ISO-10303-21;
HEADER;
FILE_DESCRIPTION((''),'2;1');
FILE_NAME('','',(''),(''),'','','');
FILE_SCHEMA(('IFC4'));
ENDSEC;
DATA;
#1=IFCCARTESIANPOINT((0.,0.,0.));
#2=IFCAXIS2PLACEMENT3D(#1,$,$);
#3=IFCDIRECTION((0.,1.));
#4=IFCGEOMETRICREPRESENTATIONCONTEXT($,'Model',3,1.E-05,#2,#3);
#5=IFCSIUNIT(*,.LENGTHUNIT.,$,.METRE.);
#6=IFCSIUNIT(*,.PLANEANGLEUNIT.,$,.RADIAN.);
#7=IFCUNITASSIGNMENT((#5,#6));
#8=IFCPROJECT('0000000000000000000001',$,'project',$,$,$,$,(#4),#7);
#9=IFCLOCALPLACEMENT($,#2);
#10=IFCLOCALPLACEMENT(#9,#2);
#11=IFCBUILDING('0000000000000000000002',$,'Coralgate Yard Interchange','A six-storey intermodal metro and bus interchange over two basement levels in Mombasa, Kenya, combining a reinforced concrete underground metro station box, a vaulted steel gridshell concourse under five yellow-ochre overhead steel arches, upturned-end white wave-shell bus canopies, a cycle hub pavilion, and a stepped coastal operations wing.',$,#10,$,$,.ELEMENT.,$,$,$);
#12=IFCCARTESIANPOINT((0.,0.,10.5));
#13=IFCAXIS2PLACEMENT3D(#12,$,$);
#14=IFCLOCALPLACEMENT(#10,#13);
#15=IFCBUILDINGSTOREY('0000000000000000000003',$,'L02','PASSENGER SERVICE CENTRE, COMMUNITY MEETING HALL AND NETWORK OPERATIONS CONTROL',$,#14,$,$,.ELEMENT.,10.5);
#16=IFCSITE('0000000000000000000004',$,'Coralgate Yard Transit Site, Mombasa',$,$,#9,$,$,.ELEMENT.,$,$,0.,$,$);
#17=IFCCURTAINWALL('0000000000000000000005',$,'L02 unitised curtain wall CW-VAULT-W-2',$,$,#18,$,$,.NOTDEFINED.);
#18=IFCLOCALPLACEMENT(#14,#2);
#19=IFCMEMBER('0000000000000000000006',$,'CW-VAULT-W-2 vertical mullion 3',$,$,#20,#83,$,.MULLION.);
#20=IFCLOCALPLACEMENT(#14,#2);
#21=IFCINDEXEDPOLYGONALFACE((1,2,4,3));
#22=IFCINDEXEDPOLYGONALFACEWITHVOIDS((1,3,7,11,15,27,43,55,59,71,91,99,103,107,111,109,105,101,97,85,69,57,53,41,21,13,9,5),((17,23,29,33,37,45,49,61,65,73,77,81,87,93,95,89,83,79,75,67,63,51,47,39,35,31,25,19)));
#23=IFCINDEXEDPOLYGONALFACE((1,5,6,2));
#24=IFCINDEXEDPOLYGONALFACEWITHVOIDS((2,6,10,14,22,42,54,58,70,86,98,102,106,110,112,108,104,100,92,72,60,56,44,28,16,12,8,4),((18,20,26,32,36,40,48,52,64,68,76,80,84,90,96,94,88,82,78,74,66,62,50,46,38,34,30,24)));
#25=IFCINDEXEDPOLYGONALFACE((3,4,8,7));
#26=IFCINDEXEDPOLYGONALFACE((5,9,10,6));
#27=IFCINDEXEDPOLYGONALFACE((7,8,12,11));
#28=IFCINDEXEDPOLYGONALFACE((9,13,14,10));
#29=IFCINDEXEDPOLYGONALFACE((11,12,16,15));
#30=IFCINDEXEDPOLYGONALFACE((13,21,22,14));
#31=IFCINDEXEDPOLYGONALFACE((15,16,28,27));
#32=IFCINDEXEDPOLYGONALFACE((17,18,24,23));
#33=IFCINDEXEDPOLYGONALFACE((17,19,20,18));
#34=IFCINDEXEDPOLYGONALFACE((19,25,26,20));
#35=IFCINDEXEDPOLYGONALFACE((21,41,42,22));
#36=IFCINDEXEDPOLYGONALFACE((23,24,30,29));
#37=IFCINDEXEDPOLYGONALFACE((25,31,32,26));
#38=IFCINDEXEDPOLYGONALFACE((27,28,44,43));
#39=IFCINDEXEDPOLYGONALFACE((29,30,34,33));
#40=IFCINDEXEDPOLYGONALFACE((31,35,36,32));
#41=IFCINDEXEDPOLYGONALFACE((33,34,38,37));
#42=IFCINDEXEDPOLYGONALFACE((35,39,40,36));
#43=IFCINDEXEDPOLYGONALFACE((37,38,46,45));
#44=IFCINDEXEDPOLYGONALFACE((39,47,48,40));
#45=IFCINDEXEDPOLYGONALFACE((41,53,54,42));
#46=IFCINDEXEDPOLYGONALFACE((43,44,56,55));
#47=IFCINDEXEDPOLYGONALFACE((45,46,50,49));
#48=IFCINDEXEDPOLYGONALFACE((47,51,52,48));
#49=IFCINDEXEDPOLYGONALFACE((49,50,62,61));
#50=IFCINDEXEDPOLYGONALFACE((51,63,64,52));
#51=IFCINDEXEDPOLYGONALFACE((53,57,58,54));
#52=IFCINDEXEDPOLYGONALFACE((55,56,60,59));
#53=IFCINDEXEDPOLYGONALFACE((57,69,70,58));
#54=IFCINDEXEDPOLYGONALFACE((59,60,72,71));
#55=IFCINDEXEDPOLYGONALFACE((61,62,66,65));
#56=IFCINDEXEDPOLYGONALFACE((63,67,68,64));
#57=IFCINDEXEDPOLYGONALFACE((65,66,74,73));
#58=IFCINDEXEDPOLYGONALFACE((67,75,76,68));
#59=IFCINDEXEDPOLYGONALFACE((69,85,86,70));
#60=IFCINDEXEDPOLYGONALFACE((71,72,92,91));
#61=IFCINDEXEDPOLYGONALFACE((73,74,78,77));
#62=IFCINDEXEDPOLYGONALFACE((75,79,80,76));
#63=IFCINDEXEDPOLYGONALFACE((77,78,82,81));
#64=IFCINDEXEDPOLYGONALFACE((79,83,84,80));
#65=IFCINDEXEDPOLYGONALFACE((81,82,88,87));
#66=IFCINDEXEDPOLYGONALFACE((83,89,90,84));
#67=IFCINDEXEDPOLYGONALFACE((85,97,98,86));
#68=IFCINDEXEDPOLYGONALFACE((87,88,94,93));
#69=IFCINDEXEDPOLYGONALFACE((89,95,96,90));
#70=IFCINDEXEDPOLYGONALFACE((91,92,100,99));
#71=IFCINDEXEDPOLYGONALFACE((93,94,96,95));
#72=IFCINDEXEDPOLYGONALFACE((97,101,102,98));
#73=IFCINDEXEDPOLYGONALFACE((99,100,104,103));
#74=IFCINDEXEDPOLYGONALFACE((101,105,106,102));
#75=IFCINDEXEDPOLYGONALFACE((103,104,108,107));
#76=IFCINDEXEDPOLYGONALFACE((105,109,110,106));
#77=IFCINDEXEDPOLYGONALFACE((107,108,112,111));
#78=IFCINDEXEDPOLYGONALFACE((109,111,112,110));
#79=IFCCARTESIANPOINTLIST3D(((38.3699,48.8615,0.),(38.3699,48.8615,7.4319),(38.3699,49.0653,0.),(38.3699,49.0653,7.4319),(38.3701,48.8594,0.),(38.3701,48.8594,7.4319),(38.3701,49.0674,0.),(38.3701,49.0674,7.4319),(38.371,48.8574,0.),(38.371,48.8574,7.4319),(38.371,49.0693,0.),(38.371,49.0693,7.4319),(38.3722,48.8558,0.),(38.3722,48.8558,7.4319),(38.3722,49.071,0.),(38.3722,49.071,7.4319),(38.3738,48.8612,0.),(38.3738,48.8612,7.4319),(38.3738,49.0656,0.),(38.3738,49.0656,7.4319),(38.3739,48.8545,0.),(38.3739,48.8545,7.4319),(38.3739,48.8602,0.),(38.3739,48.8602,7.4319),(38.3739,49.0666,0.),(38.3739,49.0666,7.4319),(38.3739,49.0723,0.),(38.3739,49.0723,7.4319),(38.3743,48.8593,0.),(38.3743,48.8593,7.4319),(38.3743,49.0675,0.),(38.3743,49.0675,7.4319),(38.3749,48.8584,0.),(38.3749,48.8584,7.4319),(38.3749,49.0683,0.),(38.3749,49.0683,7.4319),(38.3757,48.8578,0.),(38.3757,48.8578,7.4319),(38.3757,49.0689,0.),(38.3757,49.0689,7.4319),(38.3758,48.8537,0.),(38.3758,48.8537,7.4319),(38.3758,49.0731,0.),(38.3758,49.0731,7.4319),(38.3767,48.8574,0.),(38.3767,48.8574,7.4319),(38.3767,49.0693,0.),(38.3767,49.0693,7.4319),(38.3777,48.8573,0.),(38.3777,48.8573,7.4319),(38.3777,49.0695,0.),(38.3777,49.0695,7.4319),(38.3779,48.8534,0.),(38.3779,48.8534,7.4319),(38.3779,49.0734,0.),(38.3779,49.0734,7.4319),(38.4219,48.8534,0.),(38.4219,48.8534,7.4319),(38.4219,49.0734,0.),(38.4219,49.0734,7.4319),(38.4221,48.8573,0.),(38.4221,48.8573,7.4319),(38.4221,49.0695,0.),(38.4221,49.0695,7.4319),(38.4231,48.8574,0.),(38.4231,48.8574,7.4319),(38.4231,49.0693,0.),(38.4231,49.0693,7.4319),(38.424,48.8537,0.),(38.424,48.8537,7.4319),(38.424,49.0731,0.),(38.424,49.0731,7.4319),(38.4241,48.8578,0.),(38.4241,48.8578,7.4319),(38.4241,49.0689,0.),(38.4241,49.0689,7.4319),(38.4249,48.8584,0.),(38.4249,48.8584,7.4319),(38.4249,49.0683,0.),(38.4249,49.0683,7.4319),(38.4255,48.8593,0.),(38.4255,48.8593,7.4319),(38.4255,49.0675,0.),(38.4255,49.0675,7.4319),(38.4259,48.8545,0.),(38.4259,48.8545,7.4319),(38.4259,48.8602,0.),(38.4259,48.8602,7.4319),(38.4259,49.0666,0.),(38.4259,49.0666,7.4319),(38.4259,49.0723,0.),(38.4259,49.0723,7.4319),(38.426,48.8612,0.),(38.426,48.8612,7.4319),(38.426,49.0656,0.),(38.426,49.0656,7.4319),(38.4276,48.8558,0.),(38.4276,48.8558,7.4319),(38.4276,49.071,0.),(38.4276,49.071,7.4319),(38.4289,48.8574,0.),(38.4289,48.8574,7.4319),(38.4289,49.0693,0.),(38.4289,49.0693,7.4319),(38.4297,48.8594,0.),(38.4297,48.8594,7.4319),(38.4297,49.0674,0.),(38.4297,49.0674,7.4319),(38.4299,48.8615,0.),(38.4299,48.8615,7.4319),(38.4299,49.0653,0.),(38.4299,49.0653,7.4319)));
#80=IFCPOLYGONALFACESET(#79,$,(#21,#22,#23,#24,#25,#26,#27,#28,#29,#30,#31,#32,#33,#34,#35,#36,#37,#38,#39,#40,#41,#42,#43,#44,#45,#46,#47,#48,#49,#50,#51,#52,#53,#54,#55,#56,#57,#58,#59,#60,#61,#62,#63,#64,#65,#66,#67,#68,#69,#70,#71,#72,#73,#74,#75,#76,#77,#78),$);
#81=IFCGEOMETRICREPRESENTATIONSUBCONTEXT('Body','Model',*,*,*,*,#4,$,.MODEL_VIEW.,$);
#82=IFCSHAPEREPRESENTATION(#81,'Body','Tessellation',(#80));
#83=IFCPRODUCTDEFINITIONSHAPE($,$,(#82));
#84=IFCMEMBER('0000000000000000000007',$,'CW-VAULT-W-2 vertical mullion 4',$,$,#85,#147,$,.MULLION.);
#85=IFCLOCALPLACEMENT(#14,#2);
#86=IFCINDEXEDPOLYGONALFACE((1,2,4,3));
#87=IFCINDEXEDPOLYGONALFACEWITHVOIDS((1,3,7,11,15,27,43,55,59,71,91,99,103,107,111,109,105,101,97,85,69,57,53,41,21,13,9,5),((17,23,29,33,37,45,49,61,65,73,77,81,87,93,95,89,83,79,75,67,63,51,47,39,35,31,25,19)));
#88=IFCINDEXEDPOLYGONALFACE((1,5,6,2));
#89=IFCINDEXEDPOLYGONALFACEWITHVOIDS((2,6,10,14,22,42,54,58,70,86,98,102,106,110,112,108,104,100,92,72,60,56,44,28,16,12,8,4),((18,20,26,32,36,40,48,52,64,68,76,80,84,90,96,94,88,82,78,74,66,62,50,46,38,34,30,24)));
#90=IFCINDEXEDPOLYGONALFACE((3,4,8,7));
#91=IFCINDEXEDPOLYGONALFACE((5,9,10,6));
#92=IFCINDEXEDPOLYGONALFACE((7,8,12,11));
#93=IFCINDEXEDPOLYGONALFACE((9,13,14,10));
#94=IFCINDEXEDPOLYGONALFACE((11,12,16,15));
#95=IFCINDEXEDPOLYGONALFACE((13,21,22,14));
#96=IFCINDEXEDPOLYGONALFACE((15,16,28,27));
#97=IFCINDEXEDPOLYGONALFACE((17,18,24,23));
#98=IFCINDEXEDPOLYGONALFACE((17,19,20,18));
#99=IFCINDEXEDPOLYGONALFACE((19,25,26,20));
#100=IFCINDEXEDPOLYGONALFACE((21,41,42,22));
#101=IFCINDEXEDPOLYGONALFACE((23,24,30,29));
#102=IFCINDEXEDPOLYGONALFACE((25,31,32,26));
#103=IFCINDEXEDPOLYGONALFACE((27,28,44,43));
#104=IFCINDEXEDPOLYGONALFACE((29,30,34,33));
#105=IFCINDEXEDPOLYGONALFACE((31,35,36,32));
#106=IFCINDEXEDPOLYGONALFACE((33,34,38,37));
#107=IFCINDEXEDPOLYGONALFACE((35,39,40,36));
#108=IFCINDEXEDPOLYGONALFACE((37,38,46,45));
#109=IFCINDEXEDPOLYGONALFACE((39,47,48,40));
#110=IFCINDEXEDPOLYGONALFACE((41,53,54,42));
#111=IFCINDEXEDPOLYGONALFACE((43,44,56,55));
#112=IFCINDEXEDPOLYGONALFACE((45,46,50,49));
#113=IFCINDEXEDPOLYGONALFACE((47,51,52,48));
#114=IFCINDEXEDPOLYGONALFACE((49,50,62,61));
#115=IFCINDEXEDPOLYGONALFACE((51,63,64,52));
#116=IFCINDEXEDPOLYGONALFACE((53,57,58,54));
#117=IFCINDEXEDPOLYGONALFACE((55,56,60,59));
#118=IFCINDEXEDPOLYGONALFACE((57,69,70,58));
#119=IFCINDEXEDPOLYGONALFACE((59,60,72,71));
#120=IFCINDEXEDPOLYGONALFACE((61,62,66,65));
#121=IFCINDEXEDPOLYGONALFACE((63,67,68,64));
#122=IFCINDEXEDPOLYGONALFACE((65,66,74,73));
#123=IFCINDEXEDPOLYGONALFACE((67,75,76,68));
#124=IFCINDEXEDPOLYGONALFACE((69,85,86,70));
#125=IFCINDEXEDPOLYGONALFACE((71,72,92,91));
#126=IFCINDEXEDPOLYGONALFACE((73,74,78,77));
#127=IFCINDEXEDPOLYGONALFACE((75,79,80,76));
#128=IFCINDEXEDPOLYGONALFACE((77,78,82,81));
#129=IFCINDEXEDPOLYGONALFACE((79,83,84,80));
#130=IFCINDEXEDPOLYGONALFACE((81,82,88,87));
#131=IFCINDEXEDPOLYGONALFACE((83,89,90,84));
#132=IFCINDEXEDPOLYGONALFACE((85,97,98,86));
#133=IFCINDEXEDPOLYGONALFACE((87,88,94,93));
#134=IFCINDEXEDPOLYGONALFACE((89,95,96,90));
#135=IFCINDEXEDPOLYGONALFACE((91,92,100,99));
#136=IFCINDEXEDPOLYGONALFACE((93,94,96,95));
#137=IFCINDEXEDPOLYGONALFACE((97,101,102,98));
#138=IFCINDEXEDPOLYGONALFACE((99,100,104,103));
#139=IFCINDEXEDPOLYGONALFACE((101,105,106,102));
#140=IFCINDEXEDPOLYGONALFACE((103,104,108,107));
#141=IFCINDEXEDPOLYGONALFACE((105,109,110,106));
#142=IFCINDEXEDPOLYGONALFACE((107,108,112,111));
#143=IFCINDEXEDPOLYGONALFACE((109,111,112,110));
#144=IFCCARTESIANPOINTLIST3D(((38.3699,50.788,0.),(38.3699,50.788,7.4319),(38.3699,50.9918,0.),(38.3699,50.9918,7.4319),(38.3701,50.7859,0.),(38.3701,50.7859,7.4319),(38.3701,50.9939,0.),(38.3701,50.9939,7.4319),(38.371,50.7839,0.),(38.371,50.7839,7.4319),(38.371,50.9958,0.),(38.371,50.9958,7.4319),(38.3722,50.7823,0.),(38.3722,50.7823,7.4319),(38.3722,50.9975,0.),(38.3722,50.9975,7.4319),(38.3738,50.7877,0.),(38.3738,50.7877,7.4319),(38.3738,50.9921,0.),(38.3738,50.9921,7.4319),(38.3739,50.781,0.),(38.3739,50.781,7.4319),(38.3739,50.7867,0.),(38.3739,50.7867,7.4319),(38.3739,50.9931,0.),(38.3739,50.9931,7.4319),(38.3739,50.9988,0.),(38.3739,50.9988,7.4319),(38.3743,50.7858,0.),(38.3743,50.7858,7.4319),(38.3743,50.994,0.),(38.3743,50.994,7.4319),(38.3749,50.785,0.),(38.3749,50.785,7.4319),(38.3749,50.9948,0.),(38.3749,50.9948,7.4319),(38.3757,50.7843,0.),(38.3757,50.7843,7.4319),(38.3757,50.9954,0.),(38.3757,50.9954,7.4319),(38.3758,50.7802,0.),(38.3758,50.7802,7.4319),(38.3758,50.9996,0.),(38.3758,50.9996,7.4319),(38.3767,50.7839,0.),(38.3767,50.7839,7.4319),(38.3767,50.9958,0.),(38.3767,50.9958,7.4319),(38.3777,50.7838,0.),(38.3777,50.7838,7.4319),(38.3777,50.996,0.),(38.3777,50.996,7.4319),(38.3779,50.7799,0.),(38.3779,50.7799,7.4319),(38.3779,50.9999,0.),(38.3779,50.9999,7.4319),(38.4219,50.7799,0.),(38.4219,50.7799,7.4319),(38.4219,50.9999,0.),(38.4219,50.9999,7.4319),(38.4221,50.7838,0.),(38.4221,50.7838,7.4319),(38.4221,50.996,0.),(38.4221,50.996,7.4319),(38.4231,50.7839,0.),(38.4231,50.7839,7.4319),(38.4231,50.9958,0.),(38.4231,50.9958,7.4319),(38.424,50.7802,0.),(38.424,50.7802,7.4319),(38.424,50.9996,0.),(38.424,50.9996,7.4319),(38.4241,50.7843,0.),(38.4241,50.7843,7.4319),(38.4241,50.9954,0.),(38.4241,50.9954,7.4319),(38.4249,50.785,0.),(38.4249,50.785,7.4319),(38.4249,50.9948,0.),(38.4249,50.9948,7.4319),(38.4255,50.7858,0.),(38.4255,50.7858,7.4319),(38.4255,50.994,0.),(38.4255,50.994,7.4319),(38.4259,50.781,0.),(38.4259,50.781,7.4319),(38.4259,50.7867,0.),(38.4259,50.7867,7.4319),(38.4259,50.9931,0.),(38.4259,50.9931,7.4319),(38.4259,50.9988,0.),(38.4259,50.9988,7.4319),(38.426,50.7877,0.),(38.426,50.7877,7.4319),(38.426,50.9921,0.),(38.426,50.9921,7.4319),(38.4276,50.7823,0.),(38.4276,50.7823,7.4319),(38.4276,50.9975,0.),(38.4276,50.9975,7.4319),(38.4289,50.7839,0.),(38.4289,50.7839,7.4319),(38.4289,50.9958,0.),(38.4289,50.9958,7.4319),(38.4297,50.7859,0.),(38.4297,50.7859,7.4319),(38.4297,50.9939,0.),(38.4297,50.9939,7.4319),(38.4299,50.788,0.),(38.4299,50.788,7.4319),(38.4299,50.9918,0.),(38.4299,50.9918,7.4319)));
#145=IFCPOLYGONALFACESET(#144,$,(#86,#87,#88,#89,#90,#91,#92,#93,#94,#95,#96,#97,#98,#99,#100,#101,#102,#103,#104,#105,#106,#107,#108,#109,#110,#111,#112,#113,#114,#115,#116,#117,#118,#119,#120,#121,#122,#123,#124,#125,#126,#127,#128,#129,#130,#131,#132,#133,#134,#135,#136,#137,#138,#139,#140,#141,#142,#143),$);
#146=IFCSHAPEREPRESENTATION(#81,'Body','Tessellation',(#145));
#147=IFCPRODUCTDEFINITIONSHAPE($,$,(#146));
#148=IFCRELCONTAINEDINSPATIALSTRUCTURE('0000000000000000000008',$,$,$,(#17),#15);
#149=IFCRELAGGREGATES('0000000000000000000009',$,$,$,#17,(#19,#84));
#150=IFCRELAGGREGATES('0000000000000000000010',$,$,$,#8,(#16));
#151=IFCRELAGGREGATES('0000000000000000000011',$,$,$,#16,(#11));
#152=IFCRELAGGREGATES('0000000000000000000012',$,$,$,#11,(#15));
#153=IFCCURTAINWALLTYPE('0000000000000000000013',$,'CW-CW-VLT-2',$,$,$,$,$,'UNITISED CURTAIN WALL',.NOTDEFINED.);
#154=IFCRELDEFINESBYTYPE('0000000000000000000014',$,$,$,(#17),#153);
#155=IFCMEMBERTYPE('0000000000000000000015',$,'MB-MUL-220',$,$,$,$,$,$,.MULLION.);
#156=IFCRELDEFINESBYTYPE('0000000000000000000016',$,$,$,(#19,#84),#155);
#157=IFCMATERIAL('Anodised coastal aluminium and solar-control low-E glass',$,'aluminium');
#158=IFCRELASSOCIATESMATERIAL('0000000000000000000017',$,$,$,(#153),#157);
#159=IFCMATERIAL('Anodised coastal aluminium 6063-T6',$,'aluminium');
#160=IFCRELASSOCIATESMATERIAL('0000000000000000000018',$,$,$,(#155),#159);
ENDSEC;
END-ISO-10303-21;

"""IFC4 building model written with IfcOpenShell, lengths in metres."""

from ifc_helpers import new_model, si_unit, direction, frame, origin, origin_2d, place, context, subcontext, project, spatial, hollow_rectangle, extrude, material, material_profile, profile_set, type_object, element, aggregate, save


model = new_model("IFC4")

# Units and contexts
model_context = context("Model", 3, precision=1e-05, world=origin(), true_north=direction((0.0, 1.0)))
body_context = subcontext(model_context, "Body", "Model", "MODEL_VIEW")
ifc_project = project(units=[si_unit("LENGTHUNIT", "METRE"), si_unit("PLANEANGLEUNIT", "RADIAN")], contexts=[model_context])

# Site, building, storey
site_placement = place(None, origin())
site = spatial("IfcSite", under=ifc_project, at=site_placement, Name="Coralgate Yard Transit Site, Mombasa", CompositionType="ELEMENT", RefElevation=0.0)
building_placement = place(site_placement, origin())
building = spatial("IfcBuilding", under=site, at=building_placement, Name="Coralgate Yard Interchange", Description="A six-storey intermodal metro and bus interchange over two basement levels in Mombasa, Kenya, combining a reinforced concrete underground metro station box, a vaulted steel gridshell concourse under five yellow-ochre overhead steel arches, upturned-end white wave-shell bus canopies, a cycle hub pavilion, and a stepped coastal operations wing.", CompositionType="ELEMENT")
storey_placement = place(building_placement, frame((0.0, 0.0, 10.5)))
storey = spatial("IfcBuildingStorey", under=building, at=storey_placement, Name="L02", Description="PASSENGER SERVICE CENTRE, COMMUNITY MEETING HALL AND NETWORK OPERATIONS CONTROL", CompositionType="ELEMENT", Elevation=10.5)

# Shared definitions
ifc_material_1 = material(Name="Anodised coastal aluminium and solar-control low-E glass", Category="aluminium")
ifc_material_2 = material(Name="Anodised coastal aluminium 6063-T6", Category="aluminium")

# Curtain wall, members
curtain_wall_type_1 = type_object("IfcCurtainWallType", Name="CW-CW-VLT-2", ElementType="UNITISED CURTAIN WALL", PredefinedType="NOTDEFINED", material=ifc_material_1)
curtain_wall_1_placement = place(storey_placement, origin())
curtain_wall_1 = element("IfcCurtainWall", 1, at=curtain_wall_1_placement, inside=storey, type_object=curtain_wall_type_1, Name="L02 unitised curtain wall CW-VAULT-W-2", PredefinedType="NOTDEFINED")
ifc_material_profile_1 = material_profile(ifc_material_2, hollow_rectangle(XDim=0.0601, YDim=0.22, WallThickness=0.0039, InnerFilletRadius=0.0039, OuterFilletRadius=0.0081, at=origin_2d()), Name="ALU 60x220x4")
ifc_profile_set_1 = profile_set([ifc_material_profile_1], Name="Anodised coastal aluminium 6063-T6")
member_type_1 = type_object("IfcMemberType", Name="MB-MUL-220", PredefinedType="MULLION", material=ifc_profile_set_1)
member_1_placement = place(storey_placement, frame((38.3999, 48.9634, 0.0), z_axis=(0.0, 0.0, 1.0), x_axis=(1.0, 0.0, 0.0)))
member_1 = element("IfcMember", 2, at=member_1_placement, type_object=member_type_1, Name="CW-VAULT-W-2 vertical mullion 3", PredefinedType="MULLION", context=body_context, shape_type="SweptSolid", body=[
    extrude(hollow_rectangle(XDim=0.0601, YDim=0.22, WallThickness=0.0039, InnerFilletRadius=0.0039, OuterFilletRadius=0.0081, at=origin_2d()), origin(), (0.0, 0.0, 1.0), 7.4319),
])
member_2_placement = place(storey_placement, frame((38.3999, 50.8899, 0.0), z_axis=(0.0, 0.0, 1.0), x_axis=(1.0, 0.0, 0.0)))
member_2 = element("IfcMember", 3, at=member_2_placement, type_object=member_type_1, Name="CW-VAULT-W-2 vertical mullion 4", PredefinedType="MULLION", context=body_context, shape_type="SweptSolid", body=[
    extrude(hollow_rectangle(XDim=0.0601, YDim=0.22, WallThickness=0.0039, InnerFilletRadius=0.0039, OuterFilletRadius=0.0081, at=origin_2d()), origin(), (0.0, 0.0, 1.0), 7.4319),
])

aggregate(curtain_wall_1, [member_1, member_2])

save(model, "model.ifc")
